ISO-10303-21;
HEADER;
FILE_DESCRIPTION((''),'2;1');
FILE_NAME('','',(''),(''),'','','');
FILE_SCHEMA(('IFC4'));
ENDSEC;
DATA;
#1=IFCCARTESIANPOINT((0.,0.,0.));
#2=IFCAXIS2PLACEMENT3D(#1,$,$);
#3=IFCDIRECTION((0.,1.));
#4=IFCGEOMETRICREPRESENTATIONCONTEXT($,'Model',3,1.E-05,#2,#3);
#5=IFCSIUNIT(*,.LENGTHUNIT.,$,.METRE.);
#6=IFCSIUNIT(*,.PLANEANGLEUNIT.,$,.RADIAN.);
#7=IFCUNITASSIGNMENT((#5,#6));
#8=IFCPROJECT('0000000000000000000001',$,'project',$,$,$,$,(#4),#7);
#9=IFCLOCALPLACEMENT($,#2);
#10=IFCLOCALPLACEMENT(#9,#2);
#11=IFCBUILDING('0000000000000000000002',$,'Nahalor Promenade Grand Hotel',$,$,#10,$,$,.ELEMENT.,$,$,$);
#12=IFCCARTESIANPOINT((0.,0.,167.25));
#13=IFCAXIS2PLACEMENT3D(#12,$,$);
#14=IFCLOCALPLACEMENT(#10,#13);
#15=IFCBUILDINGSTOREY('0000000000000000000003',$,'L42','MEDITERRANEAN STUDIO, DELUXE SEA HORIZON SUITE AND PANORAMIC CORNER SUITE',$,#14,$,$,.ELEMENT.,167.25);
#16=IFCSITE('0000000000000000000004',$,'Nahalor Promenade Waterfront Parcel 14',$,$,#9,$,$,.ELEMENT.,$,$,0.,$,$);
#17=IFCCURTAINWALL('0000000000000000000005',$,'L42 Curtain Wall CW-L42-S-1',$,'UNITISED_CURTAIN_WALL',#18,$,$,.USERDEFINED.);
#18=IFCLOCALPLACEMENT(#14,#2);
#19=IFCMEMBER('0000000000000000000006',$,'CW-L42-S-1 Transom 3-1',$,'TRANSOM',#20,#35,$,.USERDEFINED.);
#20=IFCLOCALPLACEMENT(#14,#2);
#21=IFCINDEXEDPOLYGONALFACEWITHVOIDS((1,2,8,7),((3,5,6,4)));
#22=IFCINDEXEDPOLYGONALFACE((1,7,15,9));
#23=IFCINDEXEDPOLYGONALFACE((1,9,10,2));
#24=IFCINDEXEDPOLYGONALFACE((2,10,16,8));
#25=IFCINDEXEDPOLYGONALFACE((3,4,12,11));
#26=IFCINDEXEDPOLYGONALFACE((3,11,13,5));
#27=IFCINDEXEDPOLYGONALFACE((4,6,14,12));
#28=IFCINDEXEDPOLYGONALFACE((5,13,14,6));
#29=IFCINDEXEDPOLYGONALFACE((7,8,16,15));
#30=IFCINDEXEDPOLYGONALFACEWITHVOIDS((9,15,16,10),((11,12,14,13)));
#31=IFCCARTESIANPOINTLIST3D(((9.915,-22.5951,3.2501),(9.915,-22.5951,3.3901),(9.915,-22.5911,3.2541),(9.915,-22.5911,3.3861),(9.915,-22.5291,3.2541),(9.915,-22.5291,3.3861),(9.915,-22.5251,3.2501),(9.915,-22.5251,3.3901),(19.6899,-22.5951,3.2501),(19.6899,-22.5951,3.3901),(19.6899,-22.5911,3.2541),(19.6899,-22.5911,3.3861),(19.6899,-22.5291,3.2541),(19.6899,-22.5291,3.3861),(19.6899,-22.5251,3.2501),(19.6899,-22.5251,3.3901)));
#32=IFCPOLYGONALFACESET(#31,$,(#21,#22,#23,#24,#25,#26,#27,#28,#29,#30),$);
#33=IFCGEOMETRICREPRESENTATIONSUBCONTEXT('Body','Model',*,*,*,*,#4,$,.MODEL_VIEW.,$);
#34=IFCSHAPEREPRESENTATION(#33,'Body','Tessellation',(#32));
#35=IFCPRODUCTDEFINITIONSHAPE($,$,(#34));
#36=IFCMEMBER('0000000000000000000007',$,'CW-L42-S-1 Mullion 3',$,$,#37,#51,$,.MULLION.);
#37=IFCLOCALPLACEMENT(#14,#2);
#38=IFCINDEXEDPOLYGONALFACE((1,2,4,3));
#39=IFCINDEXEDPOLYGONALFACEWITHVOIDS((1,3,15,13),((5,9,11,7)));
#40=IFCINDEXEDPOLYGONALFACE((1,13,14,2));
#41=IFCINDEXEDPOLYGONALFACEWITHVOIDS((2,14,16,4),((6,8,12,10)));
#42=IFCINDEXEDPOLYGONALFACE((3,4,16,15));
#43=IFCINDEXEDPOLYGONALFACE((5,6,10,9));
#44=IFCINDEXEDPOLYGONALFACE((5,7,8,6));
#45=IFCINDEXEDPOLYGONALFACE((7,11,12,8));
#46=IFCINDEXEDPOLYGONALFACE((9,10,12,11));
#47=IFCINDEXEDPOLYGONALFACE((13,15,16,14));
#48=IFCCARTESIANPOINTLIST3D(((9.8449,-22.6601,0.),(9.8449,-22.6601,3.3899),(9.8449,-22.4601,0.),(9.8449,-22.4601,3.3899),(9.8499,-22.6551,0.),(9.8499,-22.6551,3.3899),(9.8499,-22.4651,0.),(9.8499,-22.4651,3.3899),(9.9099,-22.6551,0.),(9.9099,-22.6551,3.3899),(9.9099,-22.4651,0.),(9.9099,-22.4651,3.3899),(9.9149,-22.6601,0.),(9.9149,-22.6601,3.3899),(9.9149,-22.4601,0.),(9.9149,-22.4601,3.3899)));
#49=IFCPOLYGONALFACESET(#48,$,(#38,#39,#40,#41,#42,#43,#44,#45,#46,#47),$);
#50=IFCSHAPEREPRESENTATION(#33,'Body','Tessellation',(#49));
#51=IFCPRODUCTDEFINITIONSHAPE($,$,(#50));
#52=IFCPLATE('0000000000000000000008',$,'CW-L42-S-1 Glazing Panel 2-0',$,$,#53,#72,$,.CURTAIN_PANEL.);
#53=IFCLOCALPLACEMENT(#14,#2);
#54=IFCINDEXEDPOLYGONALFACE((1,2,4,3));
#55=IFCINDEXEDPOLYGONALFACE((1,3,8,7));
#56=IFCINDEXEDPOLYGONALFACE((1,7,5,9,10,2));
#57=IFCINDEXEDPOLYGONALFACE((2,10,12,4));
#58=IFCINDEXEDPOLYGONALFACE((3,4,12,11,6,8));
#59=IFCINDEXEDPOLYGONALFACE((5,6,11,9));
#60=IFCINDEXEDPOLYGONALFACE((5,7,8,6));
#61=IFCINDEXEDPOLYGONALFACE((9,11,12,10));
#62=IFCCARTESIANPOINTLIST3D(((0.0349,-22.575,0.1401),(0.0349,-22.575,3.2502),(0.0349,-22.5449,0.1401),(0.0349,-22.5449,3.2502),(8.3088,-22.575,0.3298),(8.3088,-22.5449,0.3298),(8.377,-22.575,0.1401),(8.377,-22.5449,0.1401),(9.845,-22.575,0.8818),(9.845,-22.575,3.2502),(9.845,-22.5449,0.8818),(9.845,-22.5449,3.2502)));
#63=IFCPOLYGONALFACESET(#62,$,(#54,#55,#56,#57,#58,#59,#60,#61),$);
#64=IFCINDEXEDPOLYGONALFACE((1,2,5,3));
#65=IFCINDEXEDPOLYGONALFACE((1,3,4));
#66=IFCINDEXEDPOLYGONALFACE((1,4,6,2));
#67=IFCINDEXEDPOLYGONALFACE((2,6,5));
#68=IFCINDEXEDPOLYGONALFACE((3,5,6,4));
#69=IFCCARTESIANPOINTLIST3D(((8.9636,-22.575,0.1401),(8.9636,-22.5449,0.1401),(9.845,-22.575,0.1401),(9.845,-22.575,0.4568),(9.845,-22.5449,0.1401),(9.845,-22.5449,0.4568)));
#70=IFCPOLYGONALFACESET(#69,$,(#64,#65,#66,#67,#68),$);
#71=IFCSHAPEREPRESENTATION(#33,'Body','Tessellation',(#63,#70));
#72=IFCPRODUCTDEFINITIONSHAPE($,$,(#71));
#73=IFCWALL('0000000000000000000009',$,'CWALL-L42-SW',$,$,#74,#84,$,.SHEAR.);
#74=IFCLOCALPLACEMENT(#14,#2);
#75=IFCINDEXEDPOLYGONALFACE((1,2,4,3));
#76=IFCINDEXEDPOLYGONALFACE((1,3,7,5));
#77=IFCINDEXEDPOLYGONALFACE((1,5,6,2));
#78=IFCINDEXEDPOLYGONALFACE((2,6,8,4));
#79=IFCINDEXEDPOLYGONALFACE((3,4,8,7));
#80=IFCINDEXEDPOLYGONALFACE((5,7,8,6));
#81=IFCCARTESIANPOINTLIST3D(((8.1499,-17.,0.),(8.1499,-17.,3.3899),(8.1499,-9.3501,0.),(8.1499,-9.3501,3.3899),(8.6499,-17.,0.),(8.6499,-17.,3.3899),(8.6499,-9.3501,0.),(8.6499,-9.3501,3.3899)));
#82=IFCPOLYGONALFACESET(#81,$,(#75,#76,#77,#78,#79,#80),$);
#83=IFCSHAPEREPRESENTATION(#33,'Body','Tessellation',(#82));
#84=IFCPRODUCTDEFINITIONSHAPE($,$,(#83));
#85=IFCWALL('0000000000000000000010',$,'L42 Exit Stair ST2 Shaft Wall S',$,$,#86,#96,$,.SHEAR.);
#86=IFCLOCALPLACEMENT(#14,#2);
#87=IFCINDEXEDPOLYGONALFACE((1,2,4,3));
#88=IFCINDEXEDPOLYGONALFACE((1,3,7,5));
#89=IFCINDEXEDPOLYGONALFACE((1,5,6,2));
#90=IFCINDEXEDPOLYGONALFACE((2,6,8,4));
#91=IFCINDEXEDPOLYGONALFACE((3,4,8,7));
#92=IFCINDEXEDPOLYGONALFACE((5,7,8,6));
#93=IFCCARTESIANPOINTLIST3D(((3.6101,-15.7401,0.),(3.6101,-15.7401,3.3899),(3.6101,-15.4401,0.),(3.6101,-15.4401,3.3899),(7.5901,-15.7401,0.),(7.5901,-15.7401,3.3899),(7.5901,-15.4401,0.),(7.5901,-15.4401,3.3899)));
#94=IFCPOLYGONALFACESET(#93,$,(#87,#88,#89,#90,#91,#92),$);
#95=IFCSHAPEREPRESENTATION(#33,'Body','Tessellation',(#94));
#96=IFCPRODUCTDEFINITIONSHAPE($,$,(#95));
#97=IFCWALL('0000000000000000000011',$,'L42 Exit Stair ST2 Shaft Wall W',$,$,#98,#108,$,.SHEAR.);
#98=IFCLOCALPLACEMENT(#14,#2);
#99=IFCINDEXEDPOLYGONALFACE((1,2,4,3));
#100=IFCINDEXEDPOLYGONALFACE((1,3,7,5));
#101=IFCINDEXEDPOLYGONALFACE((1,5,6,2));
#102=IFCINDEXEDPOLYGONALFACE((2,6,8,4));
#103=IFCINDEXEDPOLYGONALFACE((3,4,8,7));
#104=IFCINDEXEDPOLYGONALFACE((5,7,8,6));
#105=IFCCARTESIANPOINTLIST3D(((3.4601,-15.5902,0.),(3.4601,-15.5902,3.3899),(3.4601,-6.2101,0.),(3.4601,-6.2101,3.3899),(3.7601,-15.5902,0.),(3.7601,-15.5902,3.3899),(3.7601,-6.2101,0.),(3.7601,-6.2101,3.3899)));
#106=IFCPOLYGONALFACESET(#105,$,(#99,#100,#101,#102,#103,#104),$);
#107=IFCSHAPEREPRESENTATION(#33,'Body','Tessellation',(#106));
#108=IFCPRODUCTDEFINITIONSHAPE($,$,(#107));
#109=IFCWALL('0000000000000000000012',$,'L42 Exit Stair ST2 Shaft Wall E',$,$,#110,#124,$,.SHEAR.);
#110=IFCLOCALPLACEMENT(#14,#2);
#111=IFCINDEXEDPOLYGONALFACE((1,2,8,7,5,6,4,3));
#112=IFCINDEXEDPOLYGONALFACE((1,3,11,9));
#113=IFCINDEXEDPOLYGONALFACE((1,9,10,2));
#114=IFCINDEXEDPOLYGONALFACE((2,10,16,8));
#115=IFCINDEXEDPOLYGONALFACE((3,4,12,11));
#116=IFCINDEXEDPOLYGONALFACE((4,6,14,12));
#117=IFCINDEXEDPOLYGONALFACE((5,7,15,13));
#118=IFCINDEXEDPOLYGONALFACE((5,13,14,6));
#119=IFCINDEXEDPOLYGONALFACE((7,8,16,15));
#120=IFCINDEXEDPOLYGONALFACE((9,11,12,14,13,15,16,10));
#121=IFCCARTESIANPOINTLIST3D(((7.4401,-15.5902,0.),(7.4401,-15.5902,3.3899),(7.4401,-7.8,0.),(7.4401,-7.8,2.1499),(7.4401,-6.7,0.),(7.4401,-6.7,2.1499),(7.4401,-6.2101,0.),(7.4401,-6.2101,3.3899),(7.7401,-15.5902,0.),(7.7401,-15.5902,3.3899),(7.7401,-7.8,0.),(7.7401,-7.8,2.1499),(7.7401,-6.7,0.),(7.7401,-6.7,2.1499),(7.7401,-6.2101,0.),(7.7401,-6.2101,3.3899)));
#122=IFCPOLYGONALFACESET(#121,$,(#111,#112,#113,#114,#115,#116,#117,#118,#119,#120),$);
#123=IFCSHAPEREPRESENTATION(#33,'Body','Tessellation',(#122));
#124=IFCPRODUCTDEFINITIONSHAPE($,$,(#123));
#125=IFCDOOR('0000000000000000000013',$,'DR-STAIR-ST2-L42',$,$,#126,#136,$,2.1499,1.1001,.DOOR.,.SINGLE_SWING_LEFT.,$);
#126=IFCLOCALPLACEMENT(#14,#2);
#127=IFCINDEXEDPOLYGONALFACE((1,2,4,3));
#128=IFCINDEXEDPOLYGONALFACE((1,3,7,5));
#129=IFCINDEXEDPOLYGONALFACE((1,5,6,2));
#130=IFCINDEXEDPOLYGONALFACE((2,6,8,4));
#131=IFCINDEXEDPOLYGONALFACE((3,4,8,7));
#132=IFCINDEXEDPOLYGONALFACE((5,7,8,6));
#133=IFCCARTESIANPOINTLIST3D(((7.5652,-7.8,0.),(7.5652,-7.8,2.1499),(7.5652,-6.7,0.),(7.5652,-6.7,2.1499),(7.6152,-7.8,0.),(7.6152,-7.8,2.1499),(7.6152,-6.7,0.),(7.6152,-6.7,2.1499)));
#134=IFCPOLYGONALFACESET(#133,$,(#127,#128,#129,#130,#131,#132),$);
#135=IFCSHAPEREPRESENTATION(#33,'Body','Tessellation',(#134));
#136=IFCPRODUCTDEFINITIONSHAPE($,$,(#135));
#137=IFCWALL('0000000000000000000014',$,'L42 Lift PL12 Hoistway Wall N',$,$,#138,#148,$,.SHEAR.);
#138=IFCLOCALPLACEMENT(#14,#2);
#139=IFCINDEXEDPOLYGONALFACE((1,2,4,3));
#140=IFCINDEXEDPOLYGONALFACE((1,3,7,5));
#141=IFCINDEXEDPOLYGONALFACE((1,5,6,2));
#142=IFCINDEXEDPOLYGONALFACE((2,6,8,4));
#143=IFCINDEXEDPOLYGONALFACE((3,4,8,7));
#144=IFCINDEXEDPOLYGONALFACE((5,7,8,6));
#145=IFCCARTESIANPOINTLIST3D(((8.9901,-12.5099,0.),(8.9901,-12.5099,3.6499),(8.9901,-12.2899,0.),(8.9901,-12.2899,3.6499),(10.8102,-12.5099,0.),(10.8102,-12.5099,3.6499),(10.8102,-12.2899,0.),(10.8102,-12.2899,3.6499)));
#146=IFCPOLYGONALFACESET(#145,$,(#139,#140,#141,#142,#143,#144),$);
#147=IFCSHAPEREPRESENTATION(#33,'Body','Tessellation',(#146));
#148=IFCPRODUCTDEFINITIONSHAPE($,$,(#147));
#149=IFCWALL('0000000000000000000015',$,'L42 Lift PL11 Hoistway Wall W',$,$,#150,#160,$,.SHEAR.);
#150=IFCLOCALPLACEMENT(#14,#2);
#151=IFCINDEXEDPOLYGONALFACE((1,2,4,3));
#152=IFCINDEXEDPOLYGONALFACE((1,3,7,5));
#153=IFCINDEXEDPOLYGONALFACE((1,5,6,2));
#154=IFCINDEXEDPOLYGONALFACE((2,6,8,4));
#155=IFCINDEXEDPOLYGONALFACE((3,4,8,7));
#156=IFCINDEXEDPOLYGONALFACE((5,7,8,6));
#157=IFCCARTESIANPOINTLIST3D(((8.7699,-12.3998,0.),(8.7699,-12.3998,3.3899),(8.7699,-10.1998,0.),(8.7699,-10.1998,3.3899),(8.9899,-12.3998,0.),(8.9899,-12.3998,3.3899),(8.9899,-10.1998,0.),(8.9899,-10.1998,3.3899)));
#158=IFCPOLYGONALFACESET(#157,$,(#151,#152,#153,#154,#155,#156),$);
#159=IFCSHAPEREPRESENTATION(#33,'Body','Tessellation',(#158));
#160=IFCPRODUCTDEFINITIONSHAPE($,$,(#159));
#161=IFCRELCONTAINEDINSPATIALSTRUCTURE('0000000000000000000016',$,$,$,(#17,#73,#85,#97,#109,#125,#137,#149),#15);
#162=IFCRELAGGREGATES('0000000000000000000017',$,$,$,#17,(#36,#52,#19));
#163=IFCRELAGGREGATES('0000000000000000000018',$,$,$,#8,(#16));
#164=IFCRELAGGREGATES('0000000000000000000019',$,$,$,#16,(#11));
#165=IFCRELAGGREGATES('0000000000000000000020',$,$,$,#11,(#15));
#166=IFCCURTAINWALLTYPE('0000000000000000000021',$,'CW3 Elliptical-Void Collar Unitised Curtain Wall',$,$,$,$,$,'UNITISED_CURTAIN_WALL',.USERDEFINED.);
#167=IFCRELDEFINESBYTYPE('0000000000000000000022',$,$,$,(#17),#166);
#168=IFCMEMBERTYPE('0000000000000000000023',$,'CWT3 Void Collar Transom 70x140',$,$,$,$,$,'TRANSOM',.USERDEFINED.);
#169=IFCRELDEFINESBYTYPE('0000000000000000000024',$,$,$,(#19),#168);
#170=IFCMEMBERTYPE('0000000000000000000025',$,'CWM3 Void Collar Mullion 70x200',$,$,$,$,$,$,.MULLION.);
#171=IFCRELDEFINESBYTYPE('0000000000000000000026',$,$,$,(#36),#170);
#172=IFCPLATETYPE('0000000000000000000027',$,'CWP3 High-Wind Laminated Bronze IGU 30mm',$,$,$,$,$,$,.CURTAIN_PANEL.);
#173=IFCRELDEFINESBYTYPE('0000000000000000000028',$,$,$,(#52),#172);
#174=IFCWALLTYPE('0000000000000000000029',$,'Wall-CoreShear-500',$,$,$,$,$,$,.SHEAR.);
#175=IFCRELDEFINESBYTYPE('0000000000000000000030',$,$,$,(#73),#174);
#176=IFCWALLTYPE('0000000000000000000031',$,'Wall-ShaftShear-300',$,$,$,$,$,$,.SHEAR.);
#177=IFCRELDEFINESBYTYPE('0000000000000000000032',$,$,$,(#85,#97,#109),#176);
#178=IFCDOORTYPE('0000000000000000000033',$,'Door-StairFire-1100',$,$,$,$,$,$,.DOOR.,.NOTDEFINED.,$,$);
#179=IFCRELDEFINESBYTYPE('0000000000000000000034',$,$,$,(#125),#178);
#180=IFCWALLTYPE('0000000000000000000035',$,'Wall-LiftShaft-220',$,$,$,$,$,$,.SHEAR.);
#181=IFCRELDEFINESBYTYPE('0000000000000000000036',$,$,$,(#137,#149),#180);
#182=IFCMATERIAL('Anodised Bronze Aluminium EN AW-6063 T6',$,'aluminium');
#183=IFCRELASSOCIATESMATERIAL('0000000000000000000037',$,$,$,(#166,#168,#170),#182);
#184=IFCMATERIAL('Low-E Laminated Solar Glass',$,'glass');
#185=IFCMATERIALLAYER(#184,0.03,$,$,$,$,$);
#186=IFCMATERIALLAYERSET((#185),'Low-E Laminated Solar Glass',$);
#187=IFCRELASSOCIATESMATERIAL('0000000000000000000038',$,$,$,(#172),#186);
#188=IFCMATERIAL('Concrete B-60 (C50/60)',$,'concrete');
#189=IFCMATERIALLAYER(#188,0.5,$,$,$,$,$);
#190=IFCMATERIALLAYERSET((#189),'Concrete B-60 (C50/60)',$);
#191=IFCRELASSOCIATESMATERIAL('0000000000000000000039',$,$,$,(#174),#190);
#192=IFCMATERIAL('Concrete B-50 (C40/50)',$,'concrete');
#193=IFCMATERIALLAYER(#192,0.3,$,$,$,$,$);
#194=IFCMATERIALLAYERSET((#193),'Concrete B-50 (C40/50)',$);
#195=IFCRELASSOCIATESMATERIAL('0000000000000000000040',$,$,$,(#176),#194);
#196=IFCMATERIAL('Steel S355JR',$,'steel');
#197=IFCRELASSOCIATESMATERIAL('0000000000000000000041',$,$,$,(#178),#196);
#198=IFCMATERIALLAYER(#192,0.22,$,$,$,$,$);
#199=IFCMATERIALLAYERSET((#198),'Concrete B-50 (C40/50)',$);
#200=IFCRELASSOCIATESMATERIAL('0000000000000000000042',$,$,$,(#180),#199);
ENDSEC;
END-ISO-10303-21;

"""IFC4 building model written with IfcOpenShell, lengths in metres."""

from ifc_helpers import new_model, si_unit, direction, frame, frame_2d, origin, origin_2d, place, context, subcontext, project, spatial, polyline, rectangle, hollow_rectangle, outline, extrude, source, transform, mapped, material, layer, layer_set, material_profile, profile_set, type_object, element, fill, aggregate, save


model = new_model("IFC4")

# Units and contexts
model_context = context("Model", 3, precision=1e-05, world=origin(), true_north=direction((0.0, 1.0)))
body_context = subcontext(model_context, "Body", "Model", "MODEL_VIEW")
ifc_project = project(units=[si_unit("LENGTHUNIT", "METRE"), si_unit("PLANEANGLEUNIT", "RADIAN")], contexts=[model_context])

# Site, building, storey
site_placement = place(None, origin())
site = spatial("IfcSite", under=ifc_project, at=site_placement, Name="Nahalor Promenade Waterfront Parcel 14", CompositionType="ELEMENT", RefElevation=0.0)
building_placement = place(site_placement, origin())
building = spatial("IfcBuilding", under=site, at=building_placement, Name="Nahalor Promenade Grand Hotel", CompositionType="ELEMENT")
storey_placement = place(building_placement, frame((0.0, 0.0, 167.25)))
storey = spatial("IfcBuildingStorey", under=building, at=storey_placement, Name="L42", Description="MEDITERRANEAN STUDIO, DELUXE SEA HORIZON SUITE AND PANORAMIC CORNER SUITE", CompositionType="ELEMENT", Elevation=167.25)

# Shared definitions
ifc_material_1 = material(Name="Concrete B-60 (C50/60)", Category="concrete")

# Shared definitions
ifc_material_2 = material(Name="Steel S355JR", Category="steel")

# Curtain wall, members, plate
ifc_material_3 = material(Name="Anodised Bronze Aluminium EN AW-6063 T6", Category="aluminium")
curtain_wall_type = type_object("IfcCurtainWallType", Name="CW3 Elliptical-Void Collar Unitised Curtain Wall", ElementType="UNITISED_CURTAIN_WALL", PredefinedType="USERDEFINED", material=ifc_material_3)
curtain_wall_placement = place(storey_placement, origin())
curtain_wall = element("IfcCurtainWall", 1, at=curtain_wall_placement, inside=storey, type_object=curtain_wall_type, Name="L42 Curtain Wall CW-L42-S-1", ObjectType="UNITISED_CURTAIN_WALL", PredefinedType="USERDEFINED")
ifc_material_profile_1 = material_profile(ifc_material_3, hollow_rectangle(XDim=0.07, YDim=0.14, WallThickness=0.004, at=origin_2d()), Name="CWT 70x140x4")
ifc_profile_set_1 = profile_set([ifc_material_profile_1], Name="Anodised Bronze Aluminium EN AW-6063 T6")
member_type_1 = type_object("IfcMemberType", Name="CWT3 Void Collar Transom 70x140", ElementType="TRANSOM", PredefinedType="USERDEFINED", material=ifc_profile_set_1)
shared_shape_1 = source(origin(), body_context, "Body", "SweptSolid", [
    extrude(hollow_rectangle(XDim=0.07, YDim=0.14, WallThickness=0.004, at=origin_2d()), origin(), (0.0, 0.0, 1.0), 9.7749),
])
member_1_placement = place(storey_placement, frame((9.915, -22.5601, 3.3201), z_axis=(1.0, 0.0, 0.0), x_axis=(0.0, 1.0, 0.0)))
member_1 = element("IfcMember", 2, at=member_1_placement, type_object=member_type_1, Name="CW-L42-S-1 Transom 3-1", ObjectType="TRANSOM", PredefinedType="USERDEFINED", context=body_context, shape_type="MappedRepresentation", body=[
    mapped(shared_shape_1, transform((0.0, 0.0, 0.0), scale=1.0)),
])
ifc_material_profile_2 = material_profile(ifc_material_3, hollow_rectangle(XDim=0.07, YDim=0.2, WallThickness=0.005, at=origin_2d()), Name="CWM 70x200x5")
ifc_profile_set_2 = profile_set([ifc_material_profile_2], Name="Anodised Bronze Aluminium EN AW-6063 T6")
member_type_2 = type_object("IfcMemberType", Name="CWM3 Void Collar Mullion 70x200", PredefinedType="MULLION", material=ifc_profile_set_2)
shared_shape_2 = source(origin(), body_context, "Body", "SweptSolid", [
    extrude(hollow_rectangle(XDim=0.07, YDim=0.2, WallThickness=0.005, at=origin_2d()), origin(), (0.0, 0.0, 1.0), 3.3899),
])
member_2_placement = place(storey_placement, frame((9.8799, -22.5601, 0.0), z_axis=(0.0, 0.0, 1.0), x_axis=(1.0, 0.0, 0.0)))
member_2 = element("IfcMember", 3, at=member_2_placement, type_object=member_type_2, Name="CW-L42-S-1 Mullion 3", PredefinedType="MULLION", context=body_context, shape_type="MappedRepresentation", body=[
    mapped(shared_shape_2, transform((0.0, 0.0, 0.0), scale=1.0)),
])
ifc_material_4 = material(Name="Low-E Laminated Solar Glass", Category="glass")
ifc_layer_1 = layer(ifc_material_4, 0.03)
ifc_layer_set_1 = layer_set([ifc_layer_1], Name="Low-E Laminated Solar Glass")
plate_type = type_object("IfcPlateType", Name="CWP3 High-Wind Laminated Bronze IGU 30mm", PredefinedType="CURTAIN_PANEL", material=ifc_layer_set_1)
plate_placement = place(storey_placement, frame((4.9399, -22.5601, 0.1401), z_axis=(0.0, 0.0, 1.0), x_axis=(1.0, 0.0, 0.0)))
plate = element("IfcPlate", 4, at=plate_placement, type_object=plate_type, Name="CW-L42-S-1 Glazing Panel 2-0", PredefinedType="CURTAIN_PANEL", context=body_context, shape_type="SweptSolid", body=[
    extrude(outline(polyline([(-4.905, 3.1101), (-4.905, 0.0), (3.437, 0.0), (3.3689, 0.1897), (4.905, 0.7417), (4.905, 3.1101), (-4.905, 3.1101)])), frame((0.0, 0.0151, 0.0), z_axis=(0.0, -1.0, 0.0), x_axis=(1.0, 0.0, 0.0)), (0.0, 0.0, 1.0), 0.03),
    extrude(outline(polyline([(4.0237, 0.0), (4.905, 0.0), (4.905, 0.3167), (4.0237, 0.0)])), frame((0.0, 0.0151, 0.0), z_axis=(0.0, -1.0, 0.0), x_axis=(1.0, 0.0, 0.0)), (0.0, 0.0, 1.0), 0.03),
])
aggregate(curtain_wall, [member_2, plate, member_1])

# Walls
ifc_layer_2 = layer(ifc_material_1, 0.5)
ifc_layer_set_2 = layer_set([ifc_layer_2], Name="Concrete B-60 (C50/60)")
wall_type_1 = type_object("IfcWallType", Name="Wall-CoreShear-500", PredefinedType="SHEAR", material=ifc_layer_set_2)
shared_shape_3 = source(origin(), body_context, "Body", "SweptSolid", [
    extrude(rectangle(XDim=7.6499, YDim=0.5, at=frame_2d((3.825, 0.0))), origin(), (0.0, 0.0, 1.0), 3.3899),
])
wall_1_placement = place(storey_placement, frame((8.3999, -17.0, 0.0), z_axis=(0.0, 0.0, 1.0), x_axis=(0.0, 1.0, 0.0)))
element("IfcWall", 5, at=wall_1_placement, inside=storey, type_object=wall_type_1, Name="CWALL-L42-SW", PredefinedType="SHEAR", context=body_context, shape_type="MappedRepresentation", body=[
    mapped(shared_shape_3, transform((0.0, 0.0, 0.0), scale=1.0)),
])
ifc_material_5 = material(Name="Concrete B-50 (C40/50)", Category="concrete")
ifc_layer_3 = layer(ifc_material_5, 0.3)
ifc_layer_set_3 = layer_set([ifc_layer_3], Name="Concrete B-50 (C40/50)")
wall_type_2 = type_object("IfcWallType", Name="Wall-ShaftShear-300", PredefinedType="SHEAR", material=ifc_layer_set_3)
shared_shape_4 = source(origin(), body_context, "Body", "SweptSolid", [
    extrude(rectangle(XDim=3.98, YDim=0.3, at=frame_2d((1.99, 0.0))), origin(), (0.0, 0.0, 1.0), 3.3899),
])
wall_2_placement = place(storey_placement, frame((3.6101, -15.5901, 0.0), z_axis=(0.0, 0.0, 1.0), x_axis=(1.0, 0.0, 0.0)))
element("IfcWall", 6, at=wall_2_placement, inside=storey, type_object=wall_type_2, Name="L42 Exit Stair ST2 Shaft Wall S", PredefinedType="SHEAR", context=body_context, shape_type="MappedRepresentation", body=[
    mapped(shared_shape_4, transform((0.0, 0.0, 0.0), scale=1.0)),
])
shared_shape_5 = source(origin(), body_context, "Body", "SweptSolid", [
    extrude(rectangle(XDim=9.3801, YDim=0.3, at=frame_2d((4.6899, 0.0))), origin(), (0.0, 0.0, 1.0), 3.3899),
])
wall_3_placement = place(storey_placement, frame((3.6101, -15.5901, 0.0), z_axis=(0.0, 0.0, 1.0), x_axis=(0.0, 1.0, 0.0)))
element("IfcWall", 7, at=wall_3_placement, inside=storey, type_object=wall_type_2, Name="L42 Exit Stair ST2 Shaft Wall W", PredefinedType="SHEAR", context=body_context, shape_type="MappedRepresentation", body=[
    mapped(shared_shape_5, transform((0.0, 0.0, 0.0), scale=1.0)),
])

# Wall, opening, door
wall_4_placement = place(storey_placement, frame((7.5901, -15.5901, 0.0), z_axis=(0.0, 0.0, 1.0), x_axis=(0.0, 1.0, 0.0)))
wall_4 = element("IfcWall", 8, at=wall_4_placement, inside=storey, type_object=wall_type_2, Name="L42 Exit Stair ST2 Shaft Wall E", PredefinedType="SHEAR", context=body_context, shape_type="MappedRepresentation", body=[
    mapped(shared_shape_5, transform((0.0, 0.0, 0.0), scale=1.0)),
])
opening_1_placement = place(wall_4_placement, frame((7.79, 0.0, 0.0)))
opening_1 = element("IfcOpeningElement", 9, at=opening_1_placement, cuts=wall_4, PredefinedType="OPENING", context=body_context, shape_type="SweptSolid", body=[
    extrude(rectangle(XDim=1.1001, YDim=2.1499, at=frame_2d((0.55, 1.075))), frame((0.0, 0.1599, 0.0), z_axis=(0.0, -1.0, 0.0), x_axis=(1.0, 0.0, 0.0)), (0.0, 0.0, 1.0), 0.3201),
])
door_type_1 = type_object("IfcDoorType", Name="Door-StairFire-1100", OperationType="NOTDEFINED", PredefinedType="DOOR", material=ifc_material_2)
shared_shape_6 = source(origin(), body_context, "Body", "SweptSolid", [
    extrude(rectangle(XDim=1.1001, YDim=2.1499, at=frame_2d((0.55, 1.075))), frame((0.0, 0.0249, 0.0), z_axis=(0.0, -1.0, 0.0), x_axis=(1.0, 0.0, 0.0)), (0.0, 0.0, 1.0), 0.05),
])
door_1_placement = place(opening_1_placement, origin())
door_1 = element("IfcDoor", 10, at=door_1_placement, inside=storey, type_object=door_type_1, Name="DR-STAIR-ST2-L42", OperationType="SINGLE_SWING_LEFT", OverallHeight=2.1499, OverallWidth=1.1001, PredefinedType="DOOR", context=body_context, shape_type="MappedRepresentation", body=[
    mapped(shared_shape_6, transform((0.0, 0.0, 0.0), scale=1.0)),
])
fill(opening_1, door_1)

# Walls
ifc_layer_4 = layer(ifc_material_5, 0.22)
ifc_layer_set_4 = layer_set([ifc_layer_4], Name="Concrete B-50 (C40/50)")
wall_type_3 = type_object("IfcWallType", Name="Wall-LiftShaft-220", PredefinedType="SHEAR", material=ifc_layer_set_4)
shared_shape_7 = source(origin(), body_context, "Body", "SweptSolid", [
    extrude(rectangle(XDim=1.8201, YDim=0.22, at=frame_2d((0.9102, 0.0))), origin(), (0.0, 0.0, 1.0), 3.6499),
])
wall_5_placement = place(storey_placement, frame((8.99, -12.3999, 0.0), z_axis=(0.0, 0.0, 1.0), x_axis=(1.0, 0.0, 0.0)))
element("IfcWall", 11, at=wall_5_placement, inside=storey, type_object=wall_type_3, Name="L42 Lift PL12 Hoistway Wall N", PredefinedType="SHEAR", context=body_context, shape_type="MappedRepresentation", body=[
    mapped(shared_shape_7, transform((0.0, 0.0, 0.0), scale=1.0)),
])
shared_shape_8 = source(origin(), body_context, "Body", "SweptSolid", [
    extrude(rectangle(XDim=2.2, YDim=0.22, at=frame_2d((1.1001, 0.0))), origin(), (0.0, 0.0, 1.0), 3.3899),
])
wall_6_placement = place(storey_placement, frame((8.8799, -12.3999, 0.0), z_axis=(0.0, 0.0, 1.0), x_axis=(0.0, 1.0, 0.0)))
element("IfcWall", 12, at=wall_6_placement, inside=storey, type_object=wall_type_3, Name="L42 Lift PL11 Hoistway Wall W", PredefinedType="SHEAR", context=body_context, shape_type="MappedRepresentation", body=[
    mapped(shared_shape_8, transform((0.0, 0.0, 0.0), scale=1.0)),
])

save(model, "model.ifc")
